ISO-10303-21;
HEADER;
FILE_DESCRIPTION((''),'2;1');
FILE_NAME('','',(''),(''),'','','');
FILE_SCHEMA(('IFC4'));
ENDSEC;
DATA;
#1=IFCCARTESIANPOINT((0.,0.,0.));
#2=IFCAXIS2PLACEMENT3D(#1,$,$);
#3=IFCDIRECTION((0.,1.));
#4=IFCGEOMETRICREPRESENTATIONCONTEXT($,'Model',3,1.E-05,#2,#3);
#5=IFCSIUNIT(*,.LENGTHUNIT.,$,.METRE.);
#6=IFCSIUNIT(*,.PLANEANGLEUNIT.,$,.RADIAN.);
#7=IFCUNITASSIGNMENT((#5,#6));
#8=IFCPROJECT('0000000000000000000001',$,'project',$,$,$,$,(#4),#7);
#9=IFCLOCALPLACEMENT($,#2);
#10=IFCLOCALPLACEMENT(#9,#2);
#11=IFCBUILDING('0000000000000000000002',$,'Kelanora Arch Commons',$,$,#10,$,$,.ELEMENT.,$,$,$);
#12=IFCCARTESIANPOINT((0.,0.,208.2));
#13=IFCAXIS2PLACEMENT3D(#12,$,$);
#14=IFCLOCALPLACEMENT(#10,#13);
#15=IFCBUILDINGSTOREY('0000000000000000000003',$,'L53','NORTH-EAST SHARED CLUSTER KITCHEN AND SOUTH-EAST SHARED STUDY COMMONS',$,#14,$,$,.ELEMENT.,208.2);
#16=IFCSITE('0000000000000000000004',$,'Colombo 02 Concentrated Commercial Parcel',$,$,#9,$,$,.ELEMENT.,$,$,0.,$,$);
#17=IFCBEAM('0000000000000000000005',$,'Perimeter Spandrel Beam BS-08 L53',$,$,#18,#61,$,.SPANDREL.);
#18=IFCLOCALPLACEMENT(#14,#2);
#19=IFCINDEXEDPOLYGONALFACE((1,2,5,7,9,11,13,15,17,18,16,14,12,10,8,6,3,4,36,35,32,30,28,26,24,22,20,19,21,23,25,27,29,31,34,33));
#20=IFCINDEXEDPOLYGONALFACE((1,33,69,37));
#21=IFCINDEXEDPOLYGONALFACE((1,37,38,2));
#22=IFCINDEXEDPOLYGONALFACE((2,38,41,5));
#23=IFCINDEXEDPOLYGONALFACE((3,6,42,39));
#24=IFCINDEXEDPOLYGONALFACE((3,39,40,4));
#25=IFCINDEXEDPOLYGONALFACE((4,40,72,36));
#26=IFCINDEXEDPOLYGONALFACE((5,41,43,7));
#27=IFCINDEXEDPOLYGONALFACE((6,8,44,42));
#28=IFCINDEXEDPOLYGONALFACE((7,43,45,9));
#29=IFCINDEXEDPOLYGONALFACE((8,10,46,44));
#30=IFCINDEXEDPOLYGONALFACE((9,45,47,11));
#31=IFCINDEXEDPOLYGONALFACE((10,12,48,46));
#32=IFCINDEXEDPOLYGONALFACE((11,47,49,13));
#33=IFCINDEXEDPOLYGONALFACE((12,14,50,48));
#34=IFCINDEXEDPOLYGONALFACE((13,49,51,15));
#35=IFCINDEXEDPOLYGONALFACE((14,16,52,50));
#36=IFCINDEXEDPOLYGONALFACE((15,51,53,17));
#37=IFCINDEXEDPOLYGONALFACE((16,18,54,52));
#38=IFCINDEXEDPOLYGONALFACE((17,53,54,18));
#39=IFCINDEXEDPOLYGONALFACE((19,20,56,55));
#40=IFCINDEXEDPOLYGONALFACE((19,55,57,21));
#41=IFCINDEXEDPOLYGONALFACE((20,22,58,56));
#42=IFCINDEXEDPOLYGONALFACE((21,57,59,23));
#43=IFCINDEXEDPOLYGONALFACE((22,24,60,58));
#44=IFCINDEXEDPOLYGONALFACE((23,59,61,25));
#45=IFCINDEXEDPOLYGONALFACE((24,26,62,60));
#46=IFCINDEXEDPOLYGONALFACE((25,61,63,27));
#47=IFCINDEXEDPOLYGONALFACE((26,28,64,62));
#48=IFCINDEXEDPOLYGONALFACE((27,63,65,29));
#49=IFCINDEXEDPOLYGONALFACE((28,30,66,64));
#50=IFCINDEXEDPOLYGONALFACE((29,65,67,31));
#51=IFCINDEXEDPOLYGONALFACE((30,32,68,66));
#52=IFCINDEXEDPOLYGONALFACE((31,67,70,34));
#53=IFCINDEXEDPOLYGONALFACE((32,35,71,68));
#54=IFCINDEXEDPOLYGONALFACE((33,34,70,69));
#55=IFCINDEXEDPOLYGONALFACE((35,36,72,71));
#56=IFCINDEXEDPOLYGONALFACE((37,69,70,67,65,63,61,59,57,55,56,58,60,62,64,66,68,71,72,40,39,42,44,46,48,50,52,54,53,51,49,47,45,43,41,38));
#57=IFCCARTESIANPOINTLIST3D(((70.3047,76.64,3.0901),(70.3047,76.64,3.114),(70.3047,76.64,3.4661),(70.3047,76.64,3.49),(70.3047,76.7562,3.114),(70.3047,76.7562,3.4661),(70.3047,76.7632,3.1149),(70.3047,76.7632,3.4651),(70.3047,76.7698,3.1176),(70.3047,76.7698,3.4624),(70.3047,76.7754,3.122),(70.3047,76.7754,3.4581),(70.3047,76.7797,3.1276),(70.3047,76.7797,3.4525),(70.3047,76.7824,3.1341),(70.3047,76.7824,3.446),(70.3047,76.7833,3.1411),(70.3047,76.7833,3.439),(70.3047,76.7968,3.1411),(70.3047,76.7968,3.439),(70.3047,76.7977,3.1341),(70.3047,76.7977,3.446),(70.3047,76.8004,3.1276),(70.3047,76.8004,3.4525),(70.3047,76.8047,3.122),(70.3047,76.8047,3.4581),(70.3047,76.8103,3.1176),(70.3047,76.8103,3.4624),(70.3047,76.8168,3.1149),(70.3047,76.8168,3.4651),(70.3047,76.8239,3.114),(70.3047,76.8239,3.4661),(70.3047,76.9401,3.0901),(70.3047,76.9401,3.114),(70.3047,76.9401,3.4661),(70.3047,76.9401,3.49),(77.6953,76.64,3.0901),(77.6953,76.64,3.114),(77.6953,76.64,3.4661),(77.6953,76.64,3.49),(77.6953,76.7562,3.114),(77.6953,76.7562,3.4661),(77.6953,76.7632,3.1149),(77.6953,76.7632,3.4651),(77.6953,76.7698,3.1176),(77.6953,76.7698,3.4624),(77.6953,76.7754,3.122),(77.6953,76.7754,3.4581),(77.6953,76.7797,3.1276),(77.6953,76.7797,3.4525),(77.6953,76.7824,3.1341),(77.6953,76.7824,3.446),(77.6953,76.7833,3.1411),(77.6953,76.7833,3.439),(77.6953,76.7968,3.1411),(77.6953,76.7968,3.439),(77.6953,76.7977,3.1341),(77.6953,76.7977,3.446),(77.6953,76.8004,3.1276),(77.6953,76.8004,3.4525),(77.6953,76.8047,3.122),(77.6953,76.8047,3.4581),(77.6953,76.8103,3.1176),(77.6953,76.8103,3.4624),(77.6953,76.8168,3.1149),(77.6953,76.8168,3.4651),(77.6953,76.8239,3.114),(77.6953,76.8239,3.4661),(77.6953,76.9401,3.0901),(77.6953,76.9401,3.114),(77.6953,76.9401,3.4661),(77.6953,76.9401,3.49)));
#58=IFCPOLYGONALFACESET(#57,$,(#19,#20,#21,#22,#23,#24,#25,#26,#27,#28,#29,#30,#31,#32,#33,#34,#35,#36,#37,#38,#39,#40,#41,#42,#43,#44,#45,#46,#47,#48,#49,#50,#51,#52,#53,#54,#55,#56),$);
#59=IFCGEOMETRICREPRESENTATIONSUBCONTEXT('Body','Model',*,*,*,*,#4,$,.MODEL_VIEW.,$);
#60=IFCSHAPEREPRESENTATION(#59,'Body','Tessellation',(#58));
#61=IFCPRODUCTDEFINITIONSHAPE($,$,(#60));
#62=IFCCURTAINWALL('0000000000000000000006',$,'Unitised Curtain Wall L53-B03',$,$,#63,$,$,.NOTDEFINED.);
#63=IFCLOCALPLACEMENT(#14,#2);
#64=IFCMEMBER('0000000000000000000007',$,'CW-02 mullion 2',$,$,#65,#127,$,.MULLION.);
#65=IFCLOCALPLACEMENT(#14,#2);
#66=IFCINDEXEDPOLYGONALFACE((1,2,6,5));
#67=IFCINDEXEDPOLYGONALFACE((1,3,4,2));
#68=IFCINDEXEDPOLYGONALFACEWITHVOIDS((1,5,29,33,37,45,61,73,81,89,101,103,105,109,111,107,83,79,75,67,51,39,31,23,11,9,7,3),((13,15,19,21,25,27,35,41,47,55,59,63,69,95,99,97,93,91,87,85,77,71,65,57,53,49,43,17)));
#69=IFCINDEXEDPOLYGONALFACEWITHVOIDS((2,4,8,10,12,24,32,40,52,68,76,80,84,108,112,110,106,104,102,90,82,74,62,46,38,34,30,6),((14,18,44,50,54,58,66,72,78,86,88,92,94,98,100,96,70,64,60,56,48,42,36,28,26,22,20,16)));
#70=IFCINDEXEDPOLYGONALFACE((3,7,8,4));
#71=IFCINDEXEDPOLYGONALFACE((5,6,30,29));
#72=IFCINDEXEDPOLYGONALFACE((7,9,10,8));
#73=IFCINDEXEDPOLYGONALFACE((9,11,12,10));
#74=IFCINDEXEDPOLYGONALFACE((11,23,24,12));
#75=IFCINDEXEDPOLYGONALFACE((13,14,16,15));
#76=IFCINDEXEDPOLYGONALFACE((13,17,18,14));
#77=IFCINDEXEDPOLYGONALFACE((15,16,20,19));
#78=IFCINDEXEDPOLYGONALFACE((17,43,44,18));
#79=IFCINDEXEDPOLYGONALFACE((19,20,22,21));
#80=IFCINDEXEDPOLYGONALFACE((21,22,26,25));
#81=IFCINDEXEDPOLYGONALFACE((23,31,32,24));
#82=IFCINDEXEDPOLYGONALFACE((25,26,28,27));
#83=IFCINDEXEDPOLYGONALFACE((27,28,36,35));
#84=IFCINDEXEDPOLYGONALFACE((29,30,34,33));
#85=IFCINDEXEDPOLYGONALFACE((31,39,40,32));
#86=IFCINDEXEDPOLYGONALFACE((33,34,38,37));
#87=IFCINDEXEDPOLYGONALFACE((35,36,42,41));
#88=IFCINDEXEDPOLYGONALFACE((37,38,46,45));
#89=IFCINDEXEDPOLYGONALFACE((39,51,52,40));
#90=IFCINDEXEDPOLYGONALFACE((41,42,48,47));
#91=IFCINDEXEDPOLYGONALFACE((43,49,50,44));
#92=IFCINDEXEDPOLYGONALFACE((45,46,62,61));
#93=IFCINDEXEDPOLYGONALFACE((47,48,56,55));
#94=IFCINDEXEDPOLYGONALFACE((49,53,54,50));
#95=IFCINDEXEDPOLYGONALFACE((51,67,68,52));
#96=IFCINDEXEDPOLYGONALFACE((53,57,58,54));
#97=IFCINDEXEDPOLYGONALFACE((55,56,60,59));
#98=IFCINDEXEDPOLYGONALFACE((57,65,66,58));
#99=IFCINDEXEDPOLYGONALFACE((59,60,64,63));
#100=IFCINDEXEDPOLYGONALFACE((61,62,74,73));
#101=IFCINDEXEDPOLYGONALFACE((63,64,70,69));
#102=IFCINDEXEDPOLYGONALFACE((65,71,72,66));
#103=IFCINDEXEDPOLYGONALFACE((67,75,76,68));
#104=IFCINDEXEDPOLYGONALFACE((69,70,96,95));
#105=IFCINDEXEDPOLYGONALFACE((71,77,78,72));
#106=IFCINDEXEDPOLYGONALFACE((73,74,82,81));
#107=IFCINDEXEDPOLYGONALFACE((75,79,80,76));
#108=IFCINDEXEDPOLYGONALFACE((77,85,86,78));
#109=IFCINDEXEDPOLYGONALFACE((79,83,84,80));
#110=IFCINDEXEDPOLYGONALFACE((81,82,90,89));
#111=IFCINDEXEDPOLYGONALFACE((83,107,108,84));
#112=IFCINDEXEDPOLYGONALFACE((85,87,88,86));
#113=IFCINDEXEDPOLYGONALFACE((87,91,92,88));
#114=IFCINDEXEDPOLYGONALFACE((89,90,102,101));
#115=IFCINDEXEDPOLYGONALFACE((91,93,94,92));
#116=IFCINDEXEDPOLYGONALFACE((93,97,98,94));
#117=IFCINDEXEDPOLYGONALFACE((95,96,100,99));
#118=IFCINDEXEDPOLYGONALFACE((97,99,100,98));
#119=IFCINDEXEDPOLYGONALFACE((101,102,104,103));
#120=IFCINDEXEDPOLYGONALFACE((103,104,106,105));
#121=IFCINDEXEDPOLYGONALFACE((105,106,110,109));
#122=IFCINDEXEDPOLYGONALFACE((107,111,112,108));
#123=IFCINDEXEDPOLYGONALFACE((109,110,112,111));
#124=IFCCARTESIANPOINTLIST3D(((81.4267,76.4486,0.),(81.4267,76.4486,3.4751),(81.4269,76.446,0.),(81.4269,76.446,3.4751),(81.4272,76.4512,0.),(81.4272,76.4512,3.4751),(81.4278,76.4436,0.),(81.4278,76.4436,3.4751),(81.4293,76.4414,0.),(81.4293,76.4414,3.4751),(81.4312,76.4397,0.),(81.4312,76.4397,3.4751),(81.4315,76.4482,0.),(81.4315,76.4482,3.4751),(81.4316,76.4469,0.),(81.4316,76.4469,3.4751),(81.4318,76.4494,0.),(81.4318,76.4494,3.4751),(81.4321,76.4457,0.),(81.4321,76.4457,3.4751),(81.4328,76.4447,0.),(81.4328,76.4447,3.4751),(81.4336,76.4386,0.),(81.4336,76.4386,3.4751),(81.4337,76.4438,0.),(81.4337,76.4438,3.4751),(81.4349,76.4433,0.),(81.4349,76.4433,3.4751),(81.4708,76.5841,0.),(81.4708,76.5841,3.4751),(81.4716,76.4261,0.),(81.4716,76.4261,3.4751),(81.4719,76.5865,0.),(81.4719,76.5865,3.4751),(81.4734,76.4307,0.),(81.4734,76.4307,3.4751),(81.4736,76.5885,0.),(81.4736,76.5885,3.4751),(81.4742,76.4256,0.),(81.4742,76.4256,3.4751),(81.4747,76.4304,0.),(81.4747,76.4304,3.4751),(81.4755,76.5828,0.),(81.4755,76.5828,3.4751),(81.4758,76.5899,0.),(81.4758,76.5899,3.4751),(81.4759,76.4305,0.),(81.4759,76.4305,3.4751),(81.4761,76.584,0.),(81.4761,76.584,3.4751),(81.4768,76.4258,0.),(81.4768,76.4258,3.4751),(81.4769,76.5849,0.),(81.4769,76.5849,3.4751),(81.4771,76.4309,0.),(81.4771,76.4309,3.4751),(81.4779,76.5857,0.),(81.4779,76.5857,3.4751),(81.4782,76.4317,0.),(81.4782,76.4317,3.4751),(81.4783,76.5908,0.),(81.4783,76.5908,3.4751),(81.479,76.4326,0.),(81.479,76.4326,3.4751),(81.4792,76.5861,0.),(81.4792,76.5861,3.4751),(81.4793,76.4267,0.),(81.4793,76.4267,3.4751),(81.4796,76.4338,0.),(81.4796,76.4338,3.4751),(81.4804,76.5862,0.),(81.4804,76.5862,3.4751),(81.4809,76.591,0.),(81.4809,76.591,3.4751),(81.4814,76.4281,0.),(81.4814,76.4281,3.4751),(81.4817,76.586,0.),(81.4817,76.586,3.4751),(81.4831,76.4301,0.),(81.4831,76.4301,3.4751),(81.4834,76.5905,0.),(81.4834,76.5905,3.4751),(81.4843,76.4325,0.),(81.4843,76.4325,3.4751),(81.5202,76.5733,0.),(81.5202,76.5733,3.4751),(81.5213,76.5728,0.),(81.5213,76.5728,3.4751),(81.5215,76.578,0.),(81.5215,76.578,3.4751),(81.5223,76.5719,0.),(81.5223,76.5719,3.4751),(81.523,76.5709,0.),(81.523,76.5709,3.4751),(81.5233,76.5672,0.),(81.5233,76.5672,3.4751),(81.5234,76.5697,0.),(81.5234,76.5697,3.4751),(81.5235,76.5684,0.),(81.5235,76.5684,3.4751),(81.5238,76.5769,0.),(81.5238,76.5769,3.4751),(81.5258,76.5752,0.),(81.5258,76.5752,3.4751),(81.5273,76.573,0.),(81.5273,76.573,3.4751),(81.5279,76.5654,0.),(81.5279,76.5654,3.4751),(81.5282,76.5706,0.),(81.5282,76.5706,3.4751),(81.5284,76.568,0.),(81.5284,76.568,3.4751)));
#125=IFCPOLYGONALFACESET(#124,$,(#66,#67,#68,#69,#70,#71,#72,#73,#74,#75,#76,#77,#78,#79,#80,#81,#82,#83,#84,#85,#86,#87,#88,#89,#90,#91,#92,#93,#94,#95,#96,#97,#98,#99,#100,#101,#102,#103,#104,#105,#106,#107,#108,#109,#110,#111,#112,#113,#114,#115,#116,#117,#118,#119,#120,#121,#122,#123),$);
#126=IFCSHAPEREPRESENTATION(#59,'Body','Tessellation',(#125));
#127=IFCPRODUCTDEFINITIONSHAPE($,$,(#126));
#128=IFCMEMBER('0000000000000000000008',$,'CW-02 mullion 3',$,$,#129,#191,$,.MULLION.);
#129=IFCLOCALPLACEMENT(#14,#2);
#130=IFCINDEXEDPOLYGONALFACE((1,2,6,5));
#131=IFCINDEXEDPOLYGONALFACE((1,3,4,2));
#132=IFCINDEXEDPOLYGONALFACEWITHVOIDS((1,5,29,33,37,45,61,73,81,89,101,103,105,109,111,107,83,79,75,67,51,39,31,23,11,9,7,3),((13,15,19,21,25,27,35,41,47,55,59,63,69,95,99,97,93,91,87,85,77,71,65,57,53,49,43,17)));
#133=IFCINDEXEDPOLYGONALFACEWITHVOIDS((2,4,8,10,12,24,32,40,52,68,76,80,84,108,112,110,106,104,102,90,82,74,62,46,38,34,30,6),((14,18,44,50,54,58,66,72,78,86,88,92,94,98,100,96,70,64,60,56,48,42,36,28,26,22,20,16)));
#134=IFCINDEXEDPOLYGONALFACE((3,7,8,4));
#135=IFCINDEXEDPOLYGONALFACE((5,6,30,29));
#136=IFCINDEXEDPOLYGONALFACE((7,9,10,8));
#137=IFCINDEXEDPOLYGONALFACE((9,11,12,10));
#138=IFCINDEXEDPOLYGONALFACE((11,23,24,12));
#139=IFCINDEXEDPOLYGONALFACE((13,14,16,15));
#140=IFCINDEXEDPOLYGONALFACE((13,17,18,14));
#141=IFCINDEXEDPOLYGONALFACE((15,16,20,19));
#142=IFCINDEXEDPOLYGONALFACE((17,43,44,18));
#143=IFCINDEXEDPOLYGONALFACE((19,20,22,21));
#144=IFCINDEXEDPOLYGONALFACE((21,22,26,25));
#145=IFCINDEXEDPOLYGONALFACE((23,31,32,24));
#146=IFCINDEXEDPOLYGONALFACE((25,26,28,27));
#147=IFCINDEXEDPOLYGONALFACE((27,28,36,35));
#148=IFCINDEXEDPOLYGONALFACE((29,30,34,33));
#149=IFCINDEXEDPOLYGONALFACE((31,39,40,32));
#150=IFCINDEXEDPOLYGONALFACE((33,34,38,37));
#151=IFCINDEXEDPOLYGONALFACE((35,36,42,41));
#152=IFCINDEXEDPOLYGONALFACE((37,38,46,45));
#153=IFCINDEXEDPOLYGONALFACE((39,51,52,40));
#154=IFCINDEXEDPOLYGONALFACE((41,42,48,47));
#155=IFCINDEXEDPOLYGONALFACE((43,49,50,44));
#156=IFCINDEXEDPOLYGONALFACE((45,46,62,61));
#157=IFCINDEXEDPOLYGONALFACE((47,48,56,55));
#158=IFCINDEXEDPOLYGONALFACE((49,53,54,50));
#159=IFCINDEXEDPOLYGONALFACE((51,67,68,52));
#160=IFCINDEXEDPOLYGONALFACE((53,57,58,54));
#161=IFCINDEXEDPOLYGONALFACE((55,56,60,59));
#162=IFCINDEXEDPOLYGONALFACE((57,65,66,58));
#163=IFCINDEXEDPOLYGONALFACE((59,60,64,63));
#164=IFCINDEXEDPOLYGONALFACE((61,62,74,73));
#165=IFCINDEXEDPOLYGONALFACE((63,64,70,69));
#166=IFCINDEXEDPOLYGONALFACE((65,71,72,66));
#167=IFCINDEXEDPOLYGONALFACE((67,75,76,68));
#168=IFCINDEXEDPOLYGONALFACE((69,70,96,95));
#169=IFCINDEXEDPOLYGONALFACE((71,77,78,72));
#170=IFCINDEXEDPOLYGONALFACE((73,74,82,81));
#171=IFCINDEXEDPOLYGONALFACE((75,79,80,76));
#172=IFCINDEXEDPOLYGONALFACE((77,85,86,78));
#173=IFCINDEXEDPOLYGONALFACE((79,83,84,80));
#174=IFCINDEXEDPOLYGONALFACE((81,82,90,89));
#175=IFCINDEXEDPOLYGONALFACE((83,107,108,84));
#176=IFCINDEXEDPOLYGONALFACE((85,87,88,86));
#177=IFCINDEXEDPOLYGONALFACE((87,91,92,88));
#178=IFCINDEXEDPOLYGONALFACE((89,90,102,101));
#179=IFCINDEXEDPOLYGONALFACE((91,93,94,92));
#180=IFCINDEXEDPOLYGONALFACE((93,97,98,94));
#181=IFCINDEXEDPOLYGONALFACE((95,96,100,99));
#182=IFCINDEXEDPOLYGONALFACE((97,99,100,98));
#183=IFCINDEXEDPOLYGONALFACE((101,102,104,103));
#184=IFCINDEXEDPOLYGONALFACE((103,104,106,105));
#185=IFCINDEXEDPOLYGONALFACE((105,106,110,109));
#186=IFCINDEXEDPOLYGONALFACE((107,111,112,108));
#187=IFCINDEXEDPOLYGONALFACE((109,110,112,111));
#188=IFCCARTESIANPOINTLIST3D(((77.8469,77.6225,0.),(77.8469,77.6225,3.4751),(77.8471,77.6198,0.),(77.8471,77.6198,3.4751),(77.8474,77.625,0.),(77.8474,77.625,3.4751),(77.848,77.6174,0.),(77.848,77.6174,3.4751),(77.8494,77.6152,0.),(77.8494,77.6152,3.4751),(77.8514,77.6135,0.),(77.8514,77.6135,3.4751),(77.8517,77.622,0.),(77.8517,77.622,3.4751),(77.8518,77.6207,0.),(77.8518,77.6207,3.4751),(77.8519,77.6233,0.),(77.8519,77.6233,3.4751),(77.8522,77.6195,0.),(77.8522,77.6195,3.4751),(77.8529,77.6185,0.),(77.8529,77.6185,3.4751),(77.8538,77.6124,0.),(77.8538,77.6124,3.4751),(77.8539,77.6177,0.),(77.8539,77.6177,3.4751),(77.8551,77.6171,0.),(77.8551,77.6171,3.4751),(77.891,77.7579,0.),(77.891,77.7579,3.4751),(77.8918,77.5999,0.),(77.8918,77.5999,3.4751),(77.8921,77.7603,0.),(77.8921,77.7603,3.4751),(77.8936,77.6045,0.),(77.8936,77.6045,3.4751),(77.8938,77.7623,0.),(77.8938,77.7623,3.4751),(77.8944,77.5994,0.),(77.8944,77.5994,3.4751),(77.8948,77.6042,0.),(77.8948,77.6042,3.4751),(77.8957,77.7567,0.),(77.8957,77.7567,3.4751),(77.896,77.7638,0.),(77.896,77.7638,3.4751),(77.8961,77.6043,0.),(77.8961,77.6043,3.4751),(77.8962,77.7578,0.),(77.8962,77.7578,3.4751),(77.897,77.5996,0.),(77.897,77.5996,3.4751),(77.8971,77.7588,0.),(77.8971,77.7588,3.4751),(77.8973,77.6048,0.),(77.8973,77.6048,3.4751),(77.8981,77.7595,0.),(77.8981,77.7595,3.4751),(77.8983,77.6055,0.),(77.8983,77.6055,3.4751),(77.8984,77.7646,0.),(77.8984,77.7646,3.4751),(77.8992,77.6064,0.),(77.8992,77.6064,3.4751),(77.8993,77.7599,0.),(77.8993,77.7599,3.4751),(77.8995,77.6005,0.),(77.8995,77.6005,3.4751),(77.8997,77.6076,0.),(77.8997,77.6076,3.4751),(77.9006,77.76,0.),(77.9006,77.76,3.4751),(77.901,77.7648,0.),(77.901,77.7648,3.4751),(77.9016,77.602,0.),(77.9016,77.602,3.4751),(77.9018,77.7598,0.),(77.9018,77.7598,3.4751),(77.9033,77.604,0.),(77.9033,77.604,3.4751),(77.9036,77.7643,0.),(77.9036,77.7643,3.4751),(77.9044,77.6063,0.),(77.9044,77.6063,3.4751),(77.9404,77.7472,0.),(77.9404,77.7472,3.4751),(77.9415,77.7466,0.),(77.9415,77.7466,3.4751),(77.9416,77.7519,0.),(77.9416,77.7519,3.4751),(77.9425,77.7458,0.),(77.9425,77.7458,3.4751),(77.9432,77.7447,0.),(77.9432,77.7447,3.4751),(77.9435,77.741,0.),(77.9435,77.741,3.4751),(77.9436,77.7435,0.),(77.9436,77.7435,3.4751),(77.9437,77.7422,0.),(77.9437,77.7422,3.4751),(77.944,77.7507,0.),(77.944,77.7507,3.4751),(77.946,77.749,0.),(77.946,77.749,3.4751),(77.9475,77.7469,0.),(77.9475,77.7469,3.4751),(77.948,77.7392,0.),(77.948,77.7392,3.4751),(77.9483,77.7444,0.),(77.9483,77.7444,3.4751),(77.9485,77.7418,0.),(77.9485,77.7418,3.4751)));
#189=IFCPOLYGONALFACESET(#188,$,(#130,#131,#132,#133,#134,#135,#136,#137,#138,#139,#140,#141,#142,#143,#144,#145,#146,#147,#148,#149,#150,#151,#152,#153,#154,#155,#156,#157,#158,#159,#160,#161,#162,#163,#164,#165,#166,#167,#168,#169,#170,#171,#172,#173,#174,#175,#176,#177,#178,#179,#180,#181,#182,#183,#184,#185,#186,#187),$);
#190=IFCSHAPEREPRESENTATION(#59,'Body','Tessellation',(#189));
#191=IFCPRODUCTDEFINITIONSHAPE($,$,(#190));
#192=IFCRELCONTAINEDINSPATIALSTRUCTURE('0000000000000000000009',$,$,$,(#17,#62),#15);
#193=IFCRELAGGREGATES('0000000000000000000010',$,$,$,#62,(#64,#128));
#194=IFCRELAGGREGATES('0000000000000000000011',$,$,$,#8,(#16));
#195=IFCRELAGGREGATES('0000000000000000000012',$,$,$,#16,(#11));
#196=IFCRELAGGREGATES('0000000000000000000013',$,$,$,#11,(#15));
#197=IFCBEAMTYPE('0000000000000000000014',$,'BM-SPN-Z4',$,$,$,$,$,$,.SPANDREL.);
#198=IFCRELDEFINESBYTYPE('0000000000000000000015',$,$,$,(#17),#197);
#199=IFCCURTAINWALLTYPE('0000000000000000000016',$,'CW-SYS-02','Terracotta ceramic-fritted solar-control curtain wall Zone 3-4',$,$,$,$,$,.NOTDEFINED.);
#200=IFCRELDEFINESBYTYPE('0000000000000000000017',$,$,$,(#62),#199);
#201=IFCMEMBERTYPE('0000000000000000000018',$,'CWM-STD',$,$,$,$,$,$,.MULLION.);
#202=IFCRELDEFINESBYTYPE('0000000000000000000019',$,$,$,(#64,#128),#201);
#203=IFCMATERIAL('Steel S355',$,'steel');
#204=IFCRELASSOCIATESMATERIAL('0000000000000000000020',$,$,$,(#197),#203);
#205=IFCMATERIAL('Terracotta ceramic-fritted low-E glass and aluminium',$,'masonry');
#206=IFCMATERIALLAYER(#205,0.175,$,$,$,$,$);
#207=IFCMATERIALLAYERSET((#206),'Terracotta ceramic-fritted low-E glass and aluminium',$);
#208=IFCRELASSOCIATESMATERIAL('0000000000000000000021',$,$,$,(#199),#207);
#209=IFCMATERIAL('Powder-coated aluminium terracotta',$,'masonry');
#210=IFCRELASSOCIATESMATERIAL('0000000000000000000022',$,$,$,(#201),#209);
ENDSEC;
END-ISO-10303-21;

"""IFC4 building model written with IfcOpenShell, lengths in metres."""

from ifc_helpers import new_model, si_unit, direction, frame, origin, origin_2d, place, context, subcontext, project, spatial, hollow_rectangle, i_section, extrude, material, layer, layer_set, material_profile, profile_set, type_object, element, aggregate, save


model = new_model("IFC4")

# Units and contexts
model_context = context("Model", 3, precision=1e-05, world=origin(), true_north=direction((0.0, 1.0)))
body_context = subcontext(model_context, "Body", "Model", "MODEL_VIEW")
ifc_project = project(units=[si_unit("LENGTHUNIT", "METRE"), si_unit("PLANEANGLEUNIT", "RADIAN")], contexts=[model_context])

# Site, building, storey
site_placement = place(None, origin())
site = spatial("IfcSite", under=ifc_project, at=site_placement, Name="Colombo 02 Concentrated Commercial Parcel", CompositionType="ELEMENT", RefElevation=0.0)
building_placement = place(site_placement, origin())
building = spatial("IfcBuilding", under=site, at=building_placement, Name="Kelanora Arch Commons", CompositionType="ELEMENT")
storey_placement = place(building_placement, frame((0.0, 0.0, 208.2)))
storey = spatial("IfcBuildingStorey", under=building, at=storey_placement, Name="L53", Description="NORTH-EAST SHARED CLUSTER KITCHEN AND SOUTH-EAST SHARED STUDY COMMONS", CompositionType="ELEMENT", Elevation=208.2)

# Beam
ifc_material_1 = material(Name="Steel S355", Category="steel")
ifc_material_profile_1 = material_profile(ifc_material_1, i_section(OverallWidth=0.3, OverallDepth=0.3999, WebThickness=0.0134, FlangeThickness=0.0239, FilletRadius=0.0271, at=origin_2d()), Name="HEB400")
ifc_profile_set_1 = profile_set([ifc_material_profile_1], Name="Steel S355")
beam_type_1 = type_object("IfcBeamType", Name="BM-SPN-Z4", PredefinedType="SPANDREL", material=ifc_profile_set_1)
beam_1_placement = place(storey_placement, frame((77.6953, 76.79, 3.29), z_axis=(-1.0, 0.0, 0.0), x_axis=(0.0, -1.0, 0.0)))
element("IfcBeam", 1, at=beam_1_placement, inside=storey, type_object=beam_type_1, Name="Perimeter Spandrel Beam BS-08 L53", PredefinedType="SPANDREL", context=body_context, shape_type="SweptSolid", body=[
    extrude(i_section(OverallWidth=0.3, OverallDepth=0.3999, WebThickness=0.0134, FlangeThickness=0.0239, FilletRadius=0.0271, at=origin_2d()), origin(), (0.0, 0.0, 1.0), 7.3906),
])

# Curtain wall, members
ifc_material_2 = material(Name="Terracotta ceramic-fritted low-E glass and aluminium", Category="masonry")
ifc_layer_1 = layer(ifc_material_2, 0.175)
ifc_layer_set_1 = layer_set([ifc_layer_1], Name="Terracotta ceramic-fritted low-E glass and aluminium")
curtain_wall_type = type_object("IfcCurtainWallType", Name="CW-SYS-02", Description="Terracotta ceramic-fritted solar-control curtain wall Zone 3-4", PredefinedType="NOTDEFINED", material=ifc_layer_set_1)
curtain_wall_placement = place(storey_placement, origin())
curtain_wall = element("IfcCurtainWall", 2, at=curtain_wall_placement, inside=storey, type_object=curtain_wall_type, Name="Unitised Curtain Wall L53-B03", PredefinedType="NOTDEFINED")
ifc_material_3 = material(Name="Powder-coated aluminium terracotta", Category="masonry")
ifc_material_profile_2 = material_profile(ifc_material_3, hollow_rectangle(XDim=0.1599, YDim=0.0601, WallThickness=0.0049, InnerFilletRadius=0.0049, OuterFilletRadius=0.01, at=origin_2d()), Name="CWM160x60")
ifc_profile_set_2 = profile_set([ifc_material_profile_2], Name="Powder-coated aluminium terracotta")
member_type_1 = type_object("IfcMemberType", Name="CWM-STD", PredefinedType="MULLION", material=ifc_profile_set_2)
member_1_placement = place(storey_placement, frame((81.4775, 76.5083, 0.0), z_axis=(0.0, 0.0, 1.0), x_axis=(-0.311582, -0.950219, 0.0)))
member_1 = element("IfcMember", 3, at=member_1_placement, type_object=member_type_1, Name="CW-02 mullion 2", PredefinedType="MULLION", context=body_context, shape_type="SweptSolid", body=[
    extrude(hollow_rectangle(XDim=0.1599, YDim=0.0601, WallThickness=0.0049, InnerFilletRadius=0.0049, OuterFilletRadius=0.01, at=origin_2d()), origin(), (0.0, 0.0, 1.0), 3.4751),
])
member_2_placement = place(storey_placement, frame((77.8977, 77.6821, 0.0), z_axis=(0.0, 0.0, 1.0), x_axis=(-0.311582, -0.950219, 0.0)))
member_2 = element("IfcMember", 4, at=member_2_placement, type_object=member_type_1, Name="CW-02 mullion 3", PredefinedType="MULLION", context=body_context, shape_type="SweptSolid", body=[
    extrude(hollow_rectangle(XDim=0.1599, YDim=0.0601, WallThickness=0.0049, InnerFilletRadius=0.0049, OuterFilletRadius=0.01, at=origin_2d()), origin(), (0.0, 0.0, 1.0), 3.4751),
])
aggregate(curtain_wall, [member_1, member_2])

save(model, "model.ifc")
